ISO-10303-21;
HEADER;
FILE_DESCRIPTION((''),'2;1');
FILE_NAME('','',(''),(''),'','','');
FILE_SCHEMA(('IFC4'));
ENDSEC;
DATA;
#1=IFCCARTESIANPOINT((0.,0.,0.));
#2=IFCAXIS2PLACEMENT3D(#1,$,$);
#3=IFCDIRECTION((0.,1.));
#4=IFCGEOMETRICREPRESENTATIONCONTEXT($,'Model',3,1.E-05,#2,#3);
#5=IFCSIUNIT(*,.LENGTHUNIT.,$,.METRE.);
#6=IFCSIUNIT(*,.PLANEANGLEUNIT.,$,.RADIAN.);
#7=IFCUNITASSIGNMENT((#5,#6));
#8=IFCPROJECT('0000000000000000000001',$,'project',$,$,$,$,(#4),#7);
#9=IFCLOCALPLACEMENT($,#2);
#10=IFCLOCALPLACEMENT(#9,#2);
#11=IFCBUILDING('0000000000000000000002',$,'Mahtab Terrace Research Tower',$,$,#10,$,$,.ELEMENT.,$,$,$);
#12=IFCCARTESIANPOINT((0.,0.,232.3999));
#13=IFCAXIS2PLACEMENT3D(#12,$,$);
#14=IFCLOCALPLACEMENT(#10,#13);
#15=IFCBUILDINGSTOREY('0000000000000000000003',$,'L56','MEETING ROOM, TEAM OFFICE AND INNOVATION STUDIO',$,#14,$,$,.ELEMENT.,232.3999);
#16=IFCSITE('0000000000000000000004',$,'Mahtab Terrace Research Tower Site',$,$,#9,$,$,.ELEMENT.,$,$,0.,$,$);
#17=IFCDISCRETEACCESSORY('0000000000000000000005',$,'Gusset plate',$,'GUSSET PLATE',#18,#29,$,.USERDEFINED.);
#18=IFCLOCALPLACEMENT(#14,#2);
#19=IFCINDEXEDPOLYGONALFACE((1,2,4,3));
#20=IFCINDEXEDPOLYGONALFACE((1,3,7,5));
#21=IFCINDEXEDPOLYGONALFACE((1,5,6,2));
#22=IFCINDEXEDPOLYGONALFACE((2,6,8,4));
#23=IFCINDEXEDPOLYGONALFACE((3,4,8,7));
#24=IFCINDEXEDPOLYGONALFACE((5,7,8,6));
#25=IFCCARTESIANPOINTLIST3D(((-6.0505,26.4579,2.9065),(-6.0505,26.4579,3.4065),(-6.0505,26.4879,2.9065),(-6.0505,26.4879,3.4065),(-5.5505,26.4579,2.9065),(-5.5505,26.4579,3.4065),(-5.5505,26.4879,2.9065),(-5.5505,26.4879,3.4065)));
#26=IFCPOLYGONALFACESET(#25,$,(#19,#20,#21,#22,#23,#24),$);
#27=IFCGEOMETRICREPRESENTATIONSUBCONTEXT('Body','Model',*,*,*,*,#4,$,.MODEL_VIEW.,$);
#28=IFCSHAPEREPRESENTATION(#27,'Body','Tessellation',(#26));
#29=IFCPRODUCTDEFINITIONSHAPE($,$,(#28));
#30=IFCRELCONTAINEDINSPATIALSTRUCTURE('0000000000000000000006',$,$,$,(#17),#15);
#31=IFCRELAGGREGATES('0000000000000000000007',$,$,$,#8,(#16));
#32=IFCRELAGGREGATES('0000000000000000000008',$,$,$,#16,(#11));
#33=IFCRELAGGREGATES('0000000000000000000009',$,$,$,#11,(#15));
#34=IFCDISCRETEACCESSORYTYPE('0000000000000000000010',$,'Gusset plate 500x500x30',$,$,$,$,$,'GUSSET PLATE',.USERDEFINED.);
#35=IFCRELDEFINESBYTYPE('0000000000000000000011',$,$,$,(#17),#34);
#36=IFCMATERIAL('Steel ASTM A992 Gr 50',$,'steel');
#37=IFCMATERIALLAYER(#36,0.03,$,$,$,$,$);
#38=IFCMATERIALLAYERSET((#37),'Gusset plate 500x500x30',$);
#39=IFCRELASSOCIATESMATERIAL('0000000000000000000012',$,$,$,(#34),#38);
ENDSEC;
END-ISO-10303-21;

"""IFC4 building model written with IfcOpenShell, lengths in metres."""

from ifc_helpers import new_model, si_unit, direction, frame, origin, origin_2d, place, context, subcontext, project, spatial, rectangle, extrude, material, layer, layer_set, type_object, element, save


model = new_model("IFC4")

# Units and contexts
model_context = context("Model", 3, precision=1e-05, world=origin(), true_north=direction((0.0, 1.0)))
body_context = subcontext(model_context, "Body", "Model", "MODEL_VIEW")
ifc_project = project(units=[si_unit("LENGTHUNIT", "METRE"), si_unit("PLANEANGLEUNIT", "RADIAN")], contexts=[model_context])

# Site, building, storey
site_placement = place(None, origin())
site = spatial("IfcSite", under=ifc_project, at=site_placement, Name="Mahtab Terrace Research Tower Site", CompositionType="ELEMENT", RefElevation=0.0)
building_placement = place(site_placement, origin())
building = spatial("IfcBuilding", under=site, at=building_placement, Name="Mahtab Terrace Research Tower", CompositionType="ELEMENT")
storey_placement = place(building_placement, frame((0.0, 0.0, 232.3999)))
storey = spatial("IfcBuildingStorey", under=building, at=storey_placement, Name="L56", Description="MEETING ROOM, TEAM OFFICE AND INNOVATION STUDIO", CompositionType="ELEMENT", Elevation=232.3999)

# Shared definitions
ifc_material_1 = material(Name="Steel ASTM A992 Gr 50", Category="steel")

# Discrete accessory
ifc_layer_1 = layer(ifc_material_1, 0.03)
ifc_layer_set_1 = layer_set([ifc_layer_1], Name="Gusset plate 500x500x30")
discrete_accessory_type = type_object("IfcDiscreteAccessoryType", Name="Gusset plate 500x500x30", ElementType="GUSSET PLATE", PredefinedType="USERDEFINED", material=ifc_layer_set_1)
discrete_accessory_placement = place(storey_placement, frame((-5.8005, 26.4729, 2.9065), z_axis=(0.0, 0.0, 1.0), x_axis=(1.0, 0.0, 0.0)))
element("IfcDiscreteAccessory", 1, at=discrete_accessory_placement, inside=storey, type_object=discrete_accessory_type, Name="Gusset plate", ObjectType="GUSSET PLATE", PredefinedType="USERDEFINED", context=body_context, shape_type="SweptSolid", body=[
    extrude(rectangle(XDim=0.5, YDim=0.03, at=origin_2d()), origin(), (0.0, 0.0, 1.0), 0.5),
])

save(model, "model.ifc")
